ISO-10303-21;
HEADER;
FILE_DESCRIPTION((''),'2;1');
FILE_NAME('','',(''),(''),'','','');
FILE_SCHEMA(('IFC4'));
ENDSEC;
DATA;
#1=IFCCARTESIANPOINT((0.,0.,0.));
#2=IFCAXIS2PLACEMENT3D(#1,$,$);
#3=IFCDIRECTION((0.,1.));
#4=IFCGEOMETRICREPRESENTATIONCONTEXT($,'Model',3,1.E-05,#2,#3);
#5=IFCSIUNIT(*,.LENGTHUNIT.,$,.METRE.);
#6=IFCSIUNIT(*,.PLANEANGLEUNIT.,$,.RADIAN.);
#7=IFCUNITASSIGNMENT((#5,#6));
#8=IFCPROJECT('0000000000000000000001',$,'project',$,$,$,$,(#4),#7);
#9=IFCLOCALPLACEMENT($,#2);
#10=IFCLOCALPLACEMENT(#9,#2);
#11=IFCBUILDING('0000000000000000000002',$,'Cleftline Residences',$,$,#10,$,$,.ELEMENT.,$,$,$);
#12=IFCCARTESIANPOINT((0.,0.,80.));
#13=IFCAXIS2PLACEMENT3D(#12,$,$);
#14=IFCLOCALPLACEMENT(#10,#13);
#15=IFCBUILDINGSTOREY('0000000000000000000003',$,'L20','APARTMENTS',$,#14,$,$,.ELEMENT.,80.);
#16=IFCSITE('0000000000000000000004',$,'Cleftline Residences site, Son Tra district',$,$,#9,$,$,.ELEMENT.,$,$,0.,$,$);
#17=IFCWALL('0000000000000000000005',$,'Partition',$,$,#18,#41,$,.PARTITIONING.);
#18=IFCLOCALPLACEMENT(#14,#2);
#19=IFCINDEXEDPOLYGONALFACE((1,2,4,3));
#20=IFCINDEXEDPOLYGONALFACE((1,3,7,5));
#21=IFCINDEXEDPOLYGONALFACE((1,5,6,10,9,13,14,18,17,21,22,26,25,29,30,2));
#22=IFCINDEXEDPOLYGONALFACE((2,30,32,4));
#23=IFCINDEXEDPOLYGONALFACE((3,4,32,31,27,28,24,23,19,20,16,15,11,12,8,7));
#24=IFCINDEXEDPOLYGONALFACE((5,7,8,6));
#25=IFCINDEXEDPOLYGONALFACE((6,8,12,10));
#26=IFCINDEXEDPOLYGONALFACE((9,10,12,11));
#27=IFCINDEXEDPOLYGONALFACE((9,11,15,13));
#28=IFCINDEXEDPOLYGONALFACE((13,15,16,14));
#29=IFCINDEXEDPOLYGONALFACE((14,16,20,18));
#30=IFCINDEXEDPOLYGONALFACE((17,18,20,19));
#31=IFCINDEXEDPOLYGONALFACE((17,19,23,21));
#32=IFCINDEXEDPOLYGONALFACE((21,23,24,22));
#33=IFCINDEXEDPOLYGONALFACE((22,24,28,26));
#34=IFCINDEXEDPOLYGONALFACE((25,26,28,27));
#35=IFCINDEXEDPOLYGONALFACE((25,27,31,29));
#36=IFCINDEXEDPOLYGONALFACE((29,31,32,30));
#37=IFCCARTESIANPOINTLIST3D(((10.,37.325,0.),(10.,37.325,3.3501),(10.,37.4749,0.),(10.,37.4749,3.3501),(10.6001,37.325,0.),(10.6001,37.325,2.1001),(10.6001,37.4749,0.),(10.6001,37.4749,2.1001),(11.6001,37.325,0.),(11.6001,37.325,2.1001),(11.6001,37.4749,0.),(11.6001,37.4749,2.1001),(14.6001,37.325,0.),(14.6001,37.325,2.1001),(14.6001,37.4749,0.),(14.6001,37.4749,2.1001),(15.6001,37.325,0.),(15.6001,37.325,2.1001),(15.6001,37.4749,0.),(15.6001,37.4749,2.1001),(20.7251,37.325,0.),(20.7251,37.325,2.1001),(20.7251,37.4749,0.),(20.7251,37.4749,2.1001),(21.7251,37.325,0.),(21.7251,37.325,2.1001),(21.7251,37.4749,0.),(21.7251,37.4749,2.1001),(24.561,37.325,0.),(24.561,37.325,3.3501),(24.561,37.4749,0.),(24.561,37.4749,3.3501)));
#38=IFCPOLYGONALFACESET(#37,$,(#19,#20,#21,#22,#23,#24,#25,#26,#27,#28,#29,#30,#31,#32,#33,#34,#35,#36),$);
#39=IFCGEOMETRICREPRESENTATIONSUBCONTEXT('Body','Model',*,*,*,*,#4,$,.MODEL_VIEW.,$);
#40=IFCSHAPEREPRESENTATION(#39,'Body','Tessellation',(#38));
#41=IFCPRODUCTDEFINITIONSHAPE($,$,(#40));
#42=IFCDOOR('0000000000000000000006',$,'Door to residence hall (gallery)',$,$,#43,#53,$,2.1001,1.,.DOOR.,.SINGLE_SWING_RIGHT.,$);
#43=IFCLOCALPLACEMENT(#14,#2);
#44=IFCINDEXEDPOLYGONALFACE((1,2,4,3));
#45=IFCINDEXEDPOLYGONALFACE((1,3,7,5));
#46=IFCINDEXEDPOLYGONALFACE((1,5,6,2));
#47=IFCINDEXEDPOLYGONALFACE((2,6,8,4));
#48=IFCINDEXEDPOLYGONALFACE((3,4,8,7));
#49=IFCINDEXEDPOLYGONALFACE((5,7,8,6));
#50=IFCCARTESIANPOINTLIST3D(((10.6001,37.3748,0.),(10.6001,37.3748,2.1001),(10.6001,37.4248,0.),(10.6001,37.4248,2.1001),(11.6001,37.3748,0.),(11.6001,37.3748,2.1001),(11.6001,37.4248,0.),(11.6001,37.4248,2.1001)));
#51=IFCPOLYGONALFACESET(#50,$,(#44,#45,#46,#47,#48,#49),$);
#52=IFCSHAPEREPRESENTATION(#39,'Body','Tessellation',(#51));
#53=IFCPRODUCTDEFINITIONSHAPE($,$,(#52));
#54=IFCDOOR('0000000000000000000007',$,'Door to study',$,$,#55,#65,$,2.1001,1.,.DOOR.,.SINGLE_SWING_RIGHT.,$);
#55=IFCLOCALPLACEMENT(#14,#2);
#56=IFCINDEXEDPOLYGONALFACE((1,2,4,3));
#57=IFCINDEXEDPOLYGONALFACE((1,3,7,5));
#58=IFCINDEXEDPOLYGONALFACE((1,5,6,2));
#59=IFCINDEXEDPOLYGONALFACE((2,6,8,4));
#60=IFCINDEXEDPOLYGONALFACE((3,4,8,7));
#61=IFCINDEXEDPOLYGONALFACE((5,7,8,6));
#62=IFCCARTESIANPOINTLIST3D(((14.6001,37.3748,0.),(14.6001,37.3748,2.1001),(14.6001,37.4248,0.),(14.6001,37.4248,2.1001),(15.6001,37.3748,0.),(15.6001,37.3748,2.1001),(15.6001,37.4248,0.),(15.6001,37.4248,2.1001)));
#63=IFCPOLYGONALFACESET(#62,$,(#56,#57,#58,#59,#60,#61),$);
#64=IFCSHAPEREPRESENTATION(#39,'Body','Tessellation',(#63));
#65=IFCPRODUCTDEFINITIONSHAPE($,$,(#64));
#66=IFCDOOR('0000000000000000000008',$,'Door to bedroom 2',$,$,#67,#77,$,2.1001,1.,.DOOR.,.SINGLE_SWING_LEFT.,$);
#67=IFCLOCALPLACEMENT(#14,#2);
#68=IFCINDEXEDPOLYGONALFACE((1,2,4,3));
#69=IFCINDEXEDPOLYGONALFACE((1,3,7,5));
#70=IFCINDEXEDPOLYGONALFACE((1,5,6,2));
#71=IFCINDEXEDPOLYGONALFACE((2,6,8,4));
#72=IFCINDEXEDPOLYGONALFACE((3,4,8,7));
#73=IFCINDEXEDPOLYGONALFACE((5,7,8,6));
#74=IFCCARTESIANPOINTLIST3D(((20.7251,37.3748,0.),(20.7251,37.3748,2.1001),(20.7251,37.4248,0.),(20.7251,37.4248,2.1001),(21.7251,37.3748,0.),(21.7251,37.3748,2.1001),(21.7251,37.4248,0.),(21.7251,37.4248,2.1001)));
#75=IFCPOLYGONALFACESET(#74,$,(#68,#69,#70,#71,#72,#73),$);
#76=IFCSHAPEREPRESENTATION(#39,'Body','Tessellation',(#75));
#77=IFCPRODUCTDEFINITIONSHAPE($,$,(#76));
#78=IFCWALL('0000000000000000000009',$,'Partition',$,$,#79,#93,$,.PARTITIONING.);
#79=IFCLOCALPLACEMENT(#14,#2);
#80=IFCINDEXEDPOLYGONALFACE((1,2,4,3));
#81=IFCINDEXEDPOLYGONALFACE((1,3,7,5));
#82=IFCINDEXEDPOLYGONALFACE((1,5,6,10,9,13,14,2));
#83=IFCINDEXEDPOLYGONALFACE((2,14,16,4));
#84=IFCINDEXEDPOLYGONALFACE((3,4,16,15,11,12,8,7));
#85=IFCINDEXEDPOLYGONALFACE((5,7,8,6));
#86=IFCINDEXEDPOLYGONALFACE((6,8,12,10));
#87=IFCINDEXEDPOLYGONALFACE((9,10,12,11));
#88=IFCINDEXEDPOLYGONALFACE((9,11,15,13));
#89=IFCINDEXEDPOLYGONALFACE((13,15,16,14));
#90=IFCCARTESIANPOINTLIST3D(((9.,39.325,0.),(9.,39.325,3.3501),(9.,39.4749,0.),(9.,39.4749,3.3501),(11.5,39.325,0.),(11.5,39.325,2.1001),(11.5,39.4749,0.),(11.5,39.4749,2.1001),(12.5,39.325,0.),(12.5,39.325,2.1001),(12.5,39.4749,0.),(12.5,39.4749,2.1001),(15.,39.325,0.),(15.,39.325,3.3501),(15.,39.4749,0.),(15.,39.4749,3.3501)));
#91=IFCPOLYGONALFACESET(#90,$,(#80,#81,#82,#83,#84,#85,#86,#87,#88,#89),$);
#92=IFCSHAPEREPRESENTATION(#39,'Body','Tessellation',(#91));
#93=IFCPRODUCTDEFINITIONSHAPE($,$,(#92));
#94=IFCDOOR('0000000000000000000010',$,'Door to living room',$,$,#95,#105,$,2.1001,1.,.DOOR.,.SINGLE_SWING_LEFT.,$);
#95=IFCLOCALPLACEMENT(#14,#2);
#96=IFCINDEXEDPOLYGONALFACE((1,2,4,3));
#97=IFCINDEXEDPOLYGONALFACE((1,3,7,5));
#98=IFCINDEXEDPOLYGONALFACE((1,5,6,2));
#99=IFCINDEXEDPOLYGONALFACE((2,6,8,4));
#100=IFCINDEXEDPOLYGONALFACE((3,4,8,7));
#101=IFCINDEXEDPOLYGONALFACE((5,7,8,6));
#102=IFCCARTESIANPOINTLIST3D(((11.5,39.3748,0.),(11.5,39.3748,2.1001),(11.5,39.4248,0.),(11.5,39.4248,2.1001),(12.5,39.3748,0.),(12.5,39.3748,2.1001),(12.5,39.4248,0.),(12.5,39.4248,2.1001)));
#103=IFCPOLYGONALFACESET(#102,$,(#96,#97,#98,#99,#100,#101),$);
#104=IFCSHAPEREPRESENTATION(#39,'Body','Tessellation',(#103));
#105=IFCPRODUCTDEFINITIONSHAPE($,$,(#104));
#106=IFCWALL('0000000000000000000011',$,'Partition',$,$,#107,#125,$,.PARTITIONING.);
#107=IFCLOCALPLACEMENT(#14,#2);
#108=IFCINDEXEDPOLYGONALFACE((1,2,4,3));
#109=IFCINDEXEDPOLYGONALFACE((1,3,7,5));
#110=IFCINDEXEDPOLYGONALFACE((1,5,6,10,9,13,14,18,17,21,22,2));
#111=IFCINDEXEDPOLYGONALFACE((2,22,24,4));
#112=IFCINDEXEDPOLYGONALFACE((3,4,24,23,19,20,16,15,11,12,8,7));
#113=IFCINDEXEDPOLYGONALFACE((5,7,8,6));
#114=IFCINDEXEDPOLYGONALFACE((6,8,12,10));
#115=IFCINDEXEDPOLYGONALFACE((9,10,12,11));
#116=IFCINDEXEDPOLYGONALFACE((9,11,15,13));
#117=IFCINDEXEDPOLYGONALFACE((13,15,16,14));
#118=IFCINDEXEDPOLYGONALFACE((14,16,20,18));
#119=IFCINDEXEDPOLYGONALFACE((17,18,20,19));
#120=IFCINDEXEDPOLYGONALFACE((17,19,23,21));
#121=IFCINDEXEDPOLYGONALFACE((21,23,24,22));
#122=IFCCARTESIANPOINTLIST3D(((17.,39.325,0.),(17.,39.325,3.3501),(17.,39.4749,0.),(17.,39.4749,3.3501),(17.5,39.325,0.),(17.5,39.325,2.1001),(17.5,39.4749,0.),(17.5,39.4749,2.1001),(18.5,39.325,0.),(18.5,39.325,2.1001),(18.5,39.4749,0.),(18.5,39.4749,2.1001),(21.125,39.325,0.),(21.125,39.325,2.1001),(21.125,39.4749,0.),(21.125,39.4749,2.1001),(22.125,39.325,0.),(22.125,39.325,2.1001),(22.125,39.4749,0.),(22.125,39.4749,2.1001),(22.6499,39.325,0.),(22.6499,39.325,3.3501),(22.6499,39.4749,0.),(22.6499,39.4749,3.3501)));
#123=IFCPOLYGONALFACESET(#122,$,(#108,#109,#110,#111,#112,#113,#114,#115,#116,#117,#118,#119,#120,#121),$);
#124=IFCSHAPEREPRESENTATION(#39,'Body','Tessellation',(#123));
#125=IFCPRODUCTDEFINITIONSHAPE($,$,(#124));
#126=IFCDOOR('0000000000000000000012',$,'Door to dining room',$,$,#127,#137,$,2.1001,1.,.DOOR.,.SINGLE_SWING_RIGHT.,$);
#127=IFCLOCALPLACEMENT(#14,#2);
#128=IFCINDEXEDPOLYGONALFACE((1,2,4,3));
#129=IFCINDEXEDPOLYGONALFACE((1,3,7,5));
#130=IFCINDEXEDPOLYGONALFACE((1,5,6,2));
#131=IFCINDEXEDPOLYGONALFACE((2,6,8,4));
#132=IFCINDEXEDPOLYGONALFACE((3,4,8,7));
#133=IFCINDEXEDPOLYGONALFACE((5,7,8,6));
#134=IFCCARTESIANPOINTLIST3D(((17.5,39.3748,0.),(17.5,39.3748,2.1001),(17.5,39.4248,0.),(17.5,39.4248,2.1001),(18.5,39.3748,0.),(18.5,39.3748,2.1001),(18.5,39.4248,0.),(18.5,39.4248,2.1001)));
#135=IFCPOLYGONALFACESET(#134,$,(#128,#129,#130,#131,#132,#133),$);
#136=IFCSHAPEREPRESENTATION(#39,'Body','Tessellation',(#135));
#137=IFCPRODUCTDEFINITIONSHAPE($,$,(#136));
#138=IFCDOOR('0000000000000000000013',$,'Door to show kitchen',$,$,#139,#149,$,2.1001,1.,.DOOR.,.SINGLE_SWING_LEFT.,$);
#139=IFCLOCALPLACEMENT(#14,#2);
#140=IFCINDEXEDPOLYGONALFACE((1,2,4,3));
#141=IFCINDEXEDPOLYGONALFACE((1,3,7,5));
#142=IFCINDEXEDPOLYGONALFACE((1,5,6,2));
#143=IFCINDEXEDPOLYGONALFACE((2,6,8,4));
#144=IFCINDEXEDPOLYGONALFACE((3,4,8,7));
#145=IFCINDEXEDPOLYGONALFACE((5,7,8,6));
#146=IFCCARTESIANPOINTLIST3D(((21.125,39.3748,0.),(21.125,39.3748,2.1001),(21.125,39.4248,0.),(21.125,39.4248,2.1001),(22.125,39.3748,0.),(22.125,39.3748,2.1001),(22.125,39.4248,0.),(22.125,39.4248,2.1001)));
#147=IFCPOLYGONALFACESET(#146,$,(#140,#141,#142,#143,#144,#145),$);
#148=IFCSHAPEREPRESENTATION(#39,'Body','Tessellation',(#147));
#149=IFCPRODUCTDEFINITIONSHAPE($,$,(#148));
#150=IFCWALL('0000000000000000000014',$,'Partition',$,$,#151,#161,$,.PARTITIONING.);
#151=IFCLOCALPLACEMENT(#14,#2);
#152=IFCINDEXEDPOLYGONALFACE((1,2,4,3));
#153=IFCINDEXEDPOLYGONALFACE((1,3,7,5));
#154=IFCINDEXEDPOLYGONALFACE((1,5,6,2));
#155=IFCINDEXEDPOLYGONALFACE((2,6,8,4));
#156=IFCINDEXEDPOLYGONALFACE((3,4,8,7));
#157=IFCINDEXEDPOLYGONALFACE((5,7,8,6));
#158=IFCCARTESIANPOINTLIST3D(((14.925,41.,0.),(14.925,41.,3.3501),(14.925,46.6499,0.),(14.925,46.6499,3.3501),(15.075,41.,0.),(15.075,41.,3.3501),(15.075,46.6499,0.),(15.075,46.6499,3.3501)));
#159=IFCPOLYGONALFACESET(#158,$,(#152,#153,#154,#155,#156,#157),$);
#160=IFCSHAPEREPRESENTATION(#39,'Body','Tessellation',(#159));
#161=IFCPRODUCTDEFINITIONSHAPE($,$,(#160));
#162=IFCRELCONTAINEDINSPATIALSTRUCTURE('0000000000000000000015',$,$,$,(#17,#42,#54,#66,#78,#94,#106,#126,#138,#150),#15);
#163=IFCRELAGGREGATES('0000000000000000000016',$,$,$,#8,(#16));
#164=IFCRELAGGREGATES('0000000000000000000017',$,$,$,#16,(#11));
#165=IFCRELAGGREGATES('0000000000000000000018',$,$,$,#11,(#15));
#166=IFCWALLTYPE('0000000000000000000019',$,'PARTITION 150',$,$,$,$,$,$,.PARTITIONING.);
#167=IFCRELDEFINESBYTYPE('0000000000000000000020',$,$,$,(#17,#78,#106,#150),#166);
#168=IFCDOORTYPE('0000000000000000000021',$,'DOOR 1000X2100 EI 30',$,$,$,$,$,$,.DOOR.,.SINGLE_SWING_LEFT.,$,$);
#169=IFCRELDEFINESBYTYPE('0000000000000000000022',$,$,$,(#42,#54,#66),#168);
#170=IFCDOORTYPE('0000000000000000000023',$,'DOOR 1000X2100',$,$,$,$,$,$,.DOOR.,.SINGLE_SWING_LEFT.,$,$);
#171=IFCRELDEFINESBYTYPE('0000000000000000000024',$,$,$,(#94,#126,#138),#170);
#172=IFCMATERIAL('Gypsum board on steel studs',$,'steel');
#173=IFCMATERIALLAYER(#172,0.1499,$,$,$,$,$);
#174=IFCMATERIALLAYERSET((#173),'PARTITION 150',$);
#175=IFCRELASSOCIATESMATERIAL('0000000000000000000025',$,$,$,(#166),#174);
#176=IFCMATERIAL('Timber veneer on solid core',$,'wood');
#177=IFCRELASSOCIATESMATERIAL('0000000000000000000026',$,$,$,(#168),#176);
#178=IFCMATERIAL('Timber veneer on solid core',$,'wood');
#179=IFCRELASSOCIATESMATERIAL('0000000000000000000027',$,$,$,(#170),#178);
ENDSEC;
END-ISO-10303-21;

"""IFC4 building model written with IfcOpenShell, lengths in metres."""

from ifc_helpers import new_model, si_unit, direction, frame, frame_2d, origin, place, context, subcontext, project, spatial, rectangle, extrude, material, layer, layer_set, type_object, element, fill, save


model = new_model("IFC4")

# Units and contexts
model_context = context("Model", 3, precision=1e-05, world=origin(), true_north=direction((0.0, 1.0)))
body_context = subcontext(model_context, "Body", "Model", "MODEL_VIEW")
ifc_project = project(units=[si_unit("LENGTHUNIT", "METRE"), si_unit("PLANEANGLEUNIT", "RADIAN")], contexts=[model_context])

# Site, building, storey
site_placement = place(None, origin())
site = spatial("IfcSite", under=ifc_project, at=site_placement, Name="Cleftline Residences site, Son Tra district", CompositionType="ELEMENT", RefElevation=0.0)
building_placement = place(site_placement, origin())
building = spatial("IfcBuilding", under=site, at=building_placement, Name="Cleftline Residences", CompositionType="ELEMENT")
storey_placement = place(building_placement, frame((0.0, 0.0, 80.0)))
storey = spatial("IfcBuildingStorey", under=building, at=storey_placement, Name="L20", Description="APARTMENTS", CompositionType="ELEMENT", Elevation=80.0)

# Wall, openings, doors
ifc_material_1 = material(Name="Gypsum board on steel studs", Category="steel")
ifc_layer = layer(ifc_material_1, 0.1499)
ifc_layer_set = layer_set([ifc_layer], Name="PARTITION 150")
wall_type = type_object("IfcWallType", Name="PARTITION 150", PredefinedType="PARTITIONING", material=ifc_layer_set)
wall_1_placement = place(storey_placement, frame((10.0, 37.3999, 0.0), z_axis=(0.0, 0.0, 1.0), x_axis=(1.0, 0.0, 0.0)))
wall_1 = element("IfcWall", 1, at=wall_1_placement, inside=storey, type_object=wall_type, Name="Partition", PredefinedType="PARTITIONING", context=body_context, shape_type="SweptSolid", body=[
    extrude(rectangle(XDim=14.561, YDim=0.1499, at=frame_2d((7.2805, 0.0))), origin(), (0.0, 0.0, 1.0), 3.3501),
])
opening_1_placement = place(wall_1_placement, frame((0.6001, 0.0, 0.0)))
opening_1 = element("IfcOpeningElement", 2, at=opening_1_placement, cuts=wall_1, PredefinedType="OPENING", context=body_context, shape_type="SweptSolid", body=[
    extrude(rectangle(XDim=1.0, YDim=2.1001, at=frame_2d((0.5, 1.05))), frame((0.0, 0.085, 0.0), z_axis=(0.0, -1.0, 0.0), x_axis=(1.0, 0.0, 0.0)), (0.0, 0.0, 1.0), 0.1699),
])
opening_2_placement = place(wall_1_placement, frame((4.6001, 0.0, 0.0)))
opening_2 = element("IfcOpeningElement", 3, at=opening_2_placement, cuts=wall_1, PredefinedType="OPENING", context=body_context, shape_type="SweptSolid", body=[
    extrude(rectangle(XDim=1.0, YDim=2.1001, at=frame_2d((0.5, 1.05))), frame((0.0, 0.085, 0.0), z_axis=(0.0, -1.0, 0.0), x_axis=(1.0, 0.0, 0.0)), (0.0, 0.0, 1.0), 0.1699),
])
opening_3_placement = place(wall_1_placement, frame((10.7251, 0.0, 0.0)))
opening_3 = element("IfcOpeningElement", 4, at=opening_3_placement, cuts=wall_1, PredefinedType="OPENING", context=body_context, shape_type="SweptSolid", body=[
    extrude(rectangle(XDim=1.0, YDim=2.1001, at=frame_2d((0.5, 1.05))), frame((0.0, 0.085, 0.0), z_axis=(0.0, -1.0, 0.0), x_axis=(1.0, 0.0, 0.0)), (0.0, 0.0, 1.0), 0.1699),
])
ifc_material_2 = material(Name="Timber veneer on solid core", Category="wood")
door_type_1 = type_object("IfcDoorType", Name="DOOR 1000X2100 EI 30", OperationType="SINGLE_SWING_LEFT", PredefinedType="DOOR", material=ifc_material_2)
door_1_placement = place(opening_1_placement, origin())
door_1 = element("IfcDoor", 5, at=door_1_placement, inside=storey, type_object=door_type_1, Name="Door to residence hall (gallery)", OperationType="SINGLE_SWING_RIGHT", OverallHeight=2.1001, OverallWidth=1.0, PredefinedType="DOOR", context=body_context, shape_type="SweptSolid", body=[
    extrude(rectangle(XDim=1.0, YDim=2.1001, at=frame_2d((0.5, 1.05))), frame((0.0, 0.0249, 0.0), z_axis=(0.0, -1.0, 0.0), x_axis=(1.0, 0.0, 0.0)), (0.0, 0.0, 1.0), 0.05),
])
fill(opening_1, door_1)
door_2_placement = place(opening_2_placement, origin())
door_2 = element("IfcDoor", 6, at=door_2_placement, inside=storey, type_object=door_type_1, Name="Door to study", OperationType="SINGLE_SWING_RIGHT", OverallHeight=2.1001, OverallWidth=1.0, PredefinedType="DOOR", context=body_context, shape_type="SweptSolid", body=[
    extrude(rectangle(XDim=1.0, YDim=2.1001, at=frame_2d((0.5, 1.05))), frame((0.0, 0.0249, 0.0), z_axis=(0.0, -1.0, 0.0), x_axis=(1.0, 0.0, 0.0)), (0.0, 0.0, 1.0), 0.05),
])
fill(opening_2, door_2)
door_3_placement = place(opening_3_placement, origin())
door_3 = element("IfcDoor", 7, at=door_3_placement, inside=storey, type_object=door_type_1, Name="Door to bedroom 2", OperationType="SINGLE_SWING_LEFT", OverallHeight=2.1001, OverallWidth=1.0, PredefinedType="DOOR", context=body_context, shape_type="SweptSolid", body=[
    extrude(rectangle(XDim=1.0, YDim=2.1001, at=frame_2d((0.5, 1.05))), frame((0.0, 0.0249, 0.0), z_axis=(0.0, -1.0, 0.0), x_axis=(1.0, 0.0, 0.0)), (0.0, 0.0, 1.0), 0.05),
])
fill(opening_3, door_3)

# Wall, opening, door
wall_2_placement = place(storey_placement, frame((9.0, 39.3999, 0.0), z_axis=(0.0, 0.0, 1.0), x_axis=(1.0, 0.0, 0.0)))
wall_2 = element("IfcWall", 8, at=wall_2_placement, inside=storey, type_object=wall_type, Name="Partition", PredefinedType="PARTITIONING", context=body_context, shape_type="SweptSolid", body=[
    extrude(rectangle(XDim=6.0, YDim=0.1499, at=frame_2d((3.0, 0.0))), origin(), (0.0, 0.0, 1.0), 3.3501),
])
opening_4_placement = place(wall_2_placement, frame((2.5, 0.0, 0.0)))
opening_4 = element("IfcOpeningElement", 9, at=opening_4_placement, cuts=wall_2, PredefinedType="OPENING", context=body_context, shape_type="SweptSolid", body=[
    extrude(rectangle(XDim=1.0, YDim=2.1001, at=frame_2d((0.5, 1.05))), frame((0.0, 0.085, 0.0), z_axis=(0.0, -1.0, 0.0), x_axis=(1.0, 0.0, 0.0)), (0.0, 0.0, 1.0), 0.1699),
])
ifc_material_3 = material(Name="Timber veneer on solid core", Category="wood")
door_type_2 = type_object("IfcDoorType", Name="DOOR 1000X2100", OperationType="SINGLE_SWING_LEFT", PredefinedType="DOOR", material=ifc_material_3)
door_4_placement = place(opening_4_placement, origin())
door_4 = element("IfcDoor", 10, at=door_4_placement, inside=storey, type_object=door_type_2, Name="Door to living room", OperationType="SINGLE_SWING_LEFT", OverallHeight=2.1001, OverallWidth=1.0, PredefinedType="DOOR", context=body_context, shape_type="SweptSolid", body=[
    extrude(rectangle(XDim=1.0, YDim=2.1001, at=frame_2d((0.5, 1.05))), frame((0.0, 0.0249, 0.0), z_axis=(0.0, -1.0, 0.0), x_axis=(1.0, 0.0, 0.0)), (0.0, 0.0, 1.0), 0.05),
])
fill(opening_4, door_4)

# Wall, openings, doors
wall_3_placement = place(storey_placement, frame((17.0, 39.3999, 0.0), z_axis=(0.0, 0.0, 1.0), x_axis=(1.0, 0.0, 0.0)))
wall_3 = element("IfcWall", 11, at=wall_3_placement, inside=storey, type_object=wall_type, Name="Partition", PredefinedType="PARTITIONING", context=body_context, shape_type="SweptSolid", body=[
    extrude(rectangle(XDim=5.6499, YDim=0.1499, at=frame_2d((2.825, 0.0))), origin(), (0.0, 0.0, 1.0), 3.3501),
])
opening_5_placement = place(wall_3_placement, frame((0.5, 0.0, 0.0)))
opening_5 = element("IfcOpeningElement", 12, at=opening_5_placement, cuts=wall_3, PredefinedType="OPENING", context=body_context, shape_type="SweptSolid", body=[
    extrude(rectangle(XDim=1.0, YDim=2.1001, at=frame_2d((0.5, 1.05))), frame((0.0, 0.085, 0.0), z_axis=(0.0, -1.0, 0.0), x_axis=(1.0, 0.0, 0.0)), (0.0, 0.0, 1.0), 0.1699),
])
opening_6_placement = place(wall_3_placement, frame((4.125, 0.0, 0.0)))
opening_6 = element("IfcOpeningElement", 13, at=opening_6_placement, cuts=wall_3, PredefinedType="OPENING", context=body_context, shape_type="SweptSolid", body=[
    extrude(rectangle(XDim=1.0, YDim=2.1001, at=frame_2d((0.5, 1.05))), frame((0.0, 0.085, 0.0), z_axis=(0.0, -1.0, 0.0), x_axis=(1.0, 0.0, 0.0)), (0.0, 0.0, 1.0), 0.1699),
])
door_5_placement = place(opening_5_placement, origin())
door_5 = element("IfcDoor", 14, at=door_5_placement, inside=storey, type_object=door_type_2, Name="Door to dining room", OperationType="SINGLE_SWING_RIGHT", OverallHeight=2.1001, OverallWidth=1.0, PredefinedType="DOOR", context=body_context, shape_type="SweptSolid", body=[
    extrude(rectangle(XDim=1.0, YDim=2.1001, at=frame_2d((0.5, 1.05))), frame((0.0, 0.0249, 0.0), z_axis=(0.0, -1.0, 0.0), x_axis=(1.0, 0.0, 0.0)), (0.0, 0.0, 1.0), 0.05),
])
fill(opening_5, door_5)
door_6_placement = place(opening_6_placement, origin())
door_6 = element("IfcDoor", 15, at=door_6_placement, inside=storey, type_object=door_type_2, Name="Door to show kitchen", OperationType="SINGLE_SWING_LEFT", OverallHeight=2.1001, OverallWidth=1.0, PredefinedType="DOOR", context=body_context, shape_type="SweptSolid", body=[
    extrude(rectangle(XDim=1.0, YDim=2.1001, at=frame_2d((0.5, 1.05))), frame((0.0, 0.0249, 0.0), z_axis=(0.0, -1.0, 0.0), x_axis=(1.0, 0.0, 0.0)), (0.0, 0.0, 1.0), 0.05),
])
fill(opening_6, door_6)

# Wall
wall_4_placement = place(storey_placement, frame((15.0, 41.0, 0.0), z_axis=(0.0, 0.0, 1.0), x_axis=(0.0, 1.0, 0.0)))
element("IfcWall", 16, at=wall_4_placement, inside=storey, type_object=wall_type, Name="Partition", PredefinedType="PARTITIONING", context=body_context, shape_type="SweptSolid", body=[
    extrude(rectangle(XDim=5.6499, YDim=0.1499, at=frame_2d((2.825, 0.0))), origin(), (0.0, 0.0, 1.0), 3.3501),
])

save(model, "model.ifc")
